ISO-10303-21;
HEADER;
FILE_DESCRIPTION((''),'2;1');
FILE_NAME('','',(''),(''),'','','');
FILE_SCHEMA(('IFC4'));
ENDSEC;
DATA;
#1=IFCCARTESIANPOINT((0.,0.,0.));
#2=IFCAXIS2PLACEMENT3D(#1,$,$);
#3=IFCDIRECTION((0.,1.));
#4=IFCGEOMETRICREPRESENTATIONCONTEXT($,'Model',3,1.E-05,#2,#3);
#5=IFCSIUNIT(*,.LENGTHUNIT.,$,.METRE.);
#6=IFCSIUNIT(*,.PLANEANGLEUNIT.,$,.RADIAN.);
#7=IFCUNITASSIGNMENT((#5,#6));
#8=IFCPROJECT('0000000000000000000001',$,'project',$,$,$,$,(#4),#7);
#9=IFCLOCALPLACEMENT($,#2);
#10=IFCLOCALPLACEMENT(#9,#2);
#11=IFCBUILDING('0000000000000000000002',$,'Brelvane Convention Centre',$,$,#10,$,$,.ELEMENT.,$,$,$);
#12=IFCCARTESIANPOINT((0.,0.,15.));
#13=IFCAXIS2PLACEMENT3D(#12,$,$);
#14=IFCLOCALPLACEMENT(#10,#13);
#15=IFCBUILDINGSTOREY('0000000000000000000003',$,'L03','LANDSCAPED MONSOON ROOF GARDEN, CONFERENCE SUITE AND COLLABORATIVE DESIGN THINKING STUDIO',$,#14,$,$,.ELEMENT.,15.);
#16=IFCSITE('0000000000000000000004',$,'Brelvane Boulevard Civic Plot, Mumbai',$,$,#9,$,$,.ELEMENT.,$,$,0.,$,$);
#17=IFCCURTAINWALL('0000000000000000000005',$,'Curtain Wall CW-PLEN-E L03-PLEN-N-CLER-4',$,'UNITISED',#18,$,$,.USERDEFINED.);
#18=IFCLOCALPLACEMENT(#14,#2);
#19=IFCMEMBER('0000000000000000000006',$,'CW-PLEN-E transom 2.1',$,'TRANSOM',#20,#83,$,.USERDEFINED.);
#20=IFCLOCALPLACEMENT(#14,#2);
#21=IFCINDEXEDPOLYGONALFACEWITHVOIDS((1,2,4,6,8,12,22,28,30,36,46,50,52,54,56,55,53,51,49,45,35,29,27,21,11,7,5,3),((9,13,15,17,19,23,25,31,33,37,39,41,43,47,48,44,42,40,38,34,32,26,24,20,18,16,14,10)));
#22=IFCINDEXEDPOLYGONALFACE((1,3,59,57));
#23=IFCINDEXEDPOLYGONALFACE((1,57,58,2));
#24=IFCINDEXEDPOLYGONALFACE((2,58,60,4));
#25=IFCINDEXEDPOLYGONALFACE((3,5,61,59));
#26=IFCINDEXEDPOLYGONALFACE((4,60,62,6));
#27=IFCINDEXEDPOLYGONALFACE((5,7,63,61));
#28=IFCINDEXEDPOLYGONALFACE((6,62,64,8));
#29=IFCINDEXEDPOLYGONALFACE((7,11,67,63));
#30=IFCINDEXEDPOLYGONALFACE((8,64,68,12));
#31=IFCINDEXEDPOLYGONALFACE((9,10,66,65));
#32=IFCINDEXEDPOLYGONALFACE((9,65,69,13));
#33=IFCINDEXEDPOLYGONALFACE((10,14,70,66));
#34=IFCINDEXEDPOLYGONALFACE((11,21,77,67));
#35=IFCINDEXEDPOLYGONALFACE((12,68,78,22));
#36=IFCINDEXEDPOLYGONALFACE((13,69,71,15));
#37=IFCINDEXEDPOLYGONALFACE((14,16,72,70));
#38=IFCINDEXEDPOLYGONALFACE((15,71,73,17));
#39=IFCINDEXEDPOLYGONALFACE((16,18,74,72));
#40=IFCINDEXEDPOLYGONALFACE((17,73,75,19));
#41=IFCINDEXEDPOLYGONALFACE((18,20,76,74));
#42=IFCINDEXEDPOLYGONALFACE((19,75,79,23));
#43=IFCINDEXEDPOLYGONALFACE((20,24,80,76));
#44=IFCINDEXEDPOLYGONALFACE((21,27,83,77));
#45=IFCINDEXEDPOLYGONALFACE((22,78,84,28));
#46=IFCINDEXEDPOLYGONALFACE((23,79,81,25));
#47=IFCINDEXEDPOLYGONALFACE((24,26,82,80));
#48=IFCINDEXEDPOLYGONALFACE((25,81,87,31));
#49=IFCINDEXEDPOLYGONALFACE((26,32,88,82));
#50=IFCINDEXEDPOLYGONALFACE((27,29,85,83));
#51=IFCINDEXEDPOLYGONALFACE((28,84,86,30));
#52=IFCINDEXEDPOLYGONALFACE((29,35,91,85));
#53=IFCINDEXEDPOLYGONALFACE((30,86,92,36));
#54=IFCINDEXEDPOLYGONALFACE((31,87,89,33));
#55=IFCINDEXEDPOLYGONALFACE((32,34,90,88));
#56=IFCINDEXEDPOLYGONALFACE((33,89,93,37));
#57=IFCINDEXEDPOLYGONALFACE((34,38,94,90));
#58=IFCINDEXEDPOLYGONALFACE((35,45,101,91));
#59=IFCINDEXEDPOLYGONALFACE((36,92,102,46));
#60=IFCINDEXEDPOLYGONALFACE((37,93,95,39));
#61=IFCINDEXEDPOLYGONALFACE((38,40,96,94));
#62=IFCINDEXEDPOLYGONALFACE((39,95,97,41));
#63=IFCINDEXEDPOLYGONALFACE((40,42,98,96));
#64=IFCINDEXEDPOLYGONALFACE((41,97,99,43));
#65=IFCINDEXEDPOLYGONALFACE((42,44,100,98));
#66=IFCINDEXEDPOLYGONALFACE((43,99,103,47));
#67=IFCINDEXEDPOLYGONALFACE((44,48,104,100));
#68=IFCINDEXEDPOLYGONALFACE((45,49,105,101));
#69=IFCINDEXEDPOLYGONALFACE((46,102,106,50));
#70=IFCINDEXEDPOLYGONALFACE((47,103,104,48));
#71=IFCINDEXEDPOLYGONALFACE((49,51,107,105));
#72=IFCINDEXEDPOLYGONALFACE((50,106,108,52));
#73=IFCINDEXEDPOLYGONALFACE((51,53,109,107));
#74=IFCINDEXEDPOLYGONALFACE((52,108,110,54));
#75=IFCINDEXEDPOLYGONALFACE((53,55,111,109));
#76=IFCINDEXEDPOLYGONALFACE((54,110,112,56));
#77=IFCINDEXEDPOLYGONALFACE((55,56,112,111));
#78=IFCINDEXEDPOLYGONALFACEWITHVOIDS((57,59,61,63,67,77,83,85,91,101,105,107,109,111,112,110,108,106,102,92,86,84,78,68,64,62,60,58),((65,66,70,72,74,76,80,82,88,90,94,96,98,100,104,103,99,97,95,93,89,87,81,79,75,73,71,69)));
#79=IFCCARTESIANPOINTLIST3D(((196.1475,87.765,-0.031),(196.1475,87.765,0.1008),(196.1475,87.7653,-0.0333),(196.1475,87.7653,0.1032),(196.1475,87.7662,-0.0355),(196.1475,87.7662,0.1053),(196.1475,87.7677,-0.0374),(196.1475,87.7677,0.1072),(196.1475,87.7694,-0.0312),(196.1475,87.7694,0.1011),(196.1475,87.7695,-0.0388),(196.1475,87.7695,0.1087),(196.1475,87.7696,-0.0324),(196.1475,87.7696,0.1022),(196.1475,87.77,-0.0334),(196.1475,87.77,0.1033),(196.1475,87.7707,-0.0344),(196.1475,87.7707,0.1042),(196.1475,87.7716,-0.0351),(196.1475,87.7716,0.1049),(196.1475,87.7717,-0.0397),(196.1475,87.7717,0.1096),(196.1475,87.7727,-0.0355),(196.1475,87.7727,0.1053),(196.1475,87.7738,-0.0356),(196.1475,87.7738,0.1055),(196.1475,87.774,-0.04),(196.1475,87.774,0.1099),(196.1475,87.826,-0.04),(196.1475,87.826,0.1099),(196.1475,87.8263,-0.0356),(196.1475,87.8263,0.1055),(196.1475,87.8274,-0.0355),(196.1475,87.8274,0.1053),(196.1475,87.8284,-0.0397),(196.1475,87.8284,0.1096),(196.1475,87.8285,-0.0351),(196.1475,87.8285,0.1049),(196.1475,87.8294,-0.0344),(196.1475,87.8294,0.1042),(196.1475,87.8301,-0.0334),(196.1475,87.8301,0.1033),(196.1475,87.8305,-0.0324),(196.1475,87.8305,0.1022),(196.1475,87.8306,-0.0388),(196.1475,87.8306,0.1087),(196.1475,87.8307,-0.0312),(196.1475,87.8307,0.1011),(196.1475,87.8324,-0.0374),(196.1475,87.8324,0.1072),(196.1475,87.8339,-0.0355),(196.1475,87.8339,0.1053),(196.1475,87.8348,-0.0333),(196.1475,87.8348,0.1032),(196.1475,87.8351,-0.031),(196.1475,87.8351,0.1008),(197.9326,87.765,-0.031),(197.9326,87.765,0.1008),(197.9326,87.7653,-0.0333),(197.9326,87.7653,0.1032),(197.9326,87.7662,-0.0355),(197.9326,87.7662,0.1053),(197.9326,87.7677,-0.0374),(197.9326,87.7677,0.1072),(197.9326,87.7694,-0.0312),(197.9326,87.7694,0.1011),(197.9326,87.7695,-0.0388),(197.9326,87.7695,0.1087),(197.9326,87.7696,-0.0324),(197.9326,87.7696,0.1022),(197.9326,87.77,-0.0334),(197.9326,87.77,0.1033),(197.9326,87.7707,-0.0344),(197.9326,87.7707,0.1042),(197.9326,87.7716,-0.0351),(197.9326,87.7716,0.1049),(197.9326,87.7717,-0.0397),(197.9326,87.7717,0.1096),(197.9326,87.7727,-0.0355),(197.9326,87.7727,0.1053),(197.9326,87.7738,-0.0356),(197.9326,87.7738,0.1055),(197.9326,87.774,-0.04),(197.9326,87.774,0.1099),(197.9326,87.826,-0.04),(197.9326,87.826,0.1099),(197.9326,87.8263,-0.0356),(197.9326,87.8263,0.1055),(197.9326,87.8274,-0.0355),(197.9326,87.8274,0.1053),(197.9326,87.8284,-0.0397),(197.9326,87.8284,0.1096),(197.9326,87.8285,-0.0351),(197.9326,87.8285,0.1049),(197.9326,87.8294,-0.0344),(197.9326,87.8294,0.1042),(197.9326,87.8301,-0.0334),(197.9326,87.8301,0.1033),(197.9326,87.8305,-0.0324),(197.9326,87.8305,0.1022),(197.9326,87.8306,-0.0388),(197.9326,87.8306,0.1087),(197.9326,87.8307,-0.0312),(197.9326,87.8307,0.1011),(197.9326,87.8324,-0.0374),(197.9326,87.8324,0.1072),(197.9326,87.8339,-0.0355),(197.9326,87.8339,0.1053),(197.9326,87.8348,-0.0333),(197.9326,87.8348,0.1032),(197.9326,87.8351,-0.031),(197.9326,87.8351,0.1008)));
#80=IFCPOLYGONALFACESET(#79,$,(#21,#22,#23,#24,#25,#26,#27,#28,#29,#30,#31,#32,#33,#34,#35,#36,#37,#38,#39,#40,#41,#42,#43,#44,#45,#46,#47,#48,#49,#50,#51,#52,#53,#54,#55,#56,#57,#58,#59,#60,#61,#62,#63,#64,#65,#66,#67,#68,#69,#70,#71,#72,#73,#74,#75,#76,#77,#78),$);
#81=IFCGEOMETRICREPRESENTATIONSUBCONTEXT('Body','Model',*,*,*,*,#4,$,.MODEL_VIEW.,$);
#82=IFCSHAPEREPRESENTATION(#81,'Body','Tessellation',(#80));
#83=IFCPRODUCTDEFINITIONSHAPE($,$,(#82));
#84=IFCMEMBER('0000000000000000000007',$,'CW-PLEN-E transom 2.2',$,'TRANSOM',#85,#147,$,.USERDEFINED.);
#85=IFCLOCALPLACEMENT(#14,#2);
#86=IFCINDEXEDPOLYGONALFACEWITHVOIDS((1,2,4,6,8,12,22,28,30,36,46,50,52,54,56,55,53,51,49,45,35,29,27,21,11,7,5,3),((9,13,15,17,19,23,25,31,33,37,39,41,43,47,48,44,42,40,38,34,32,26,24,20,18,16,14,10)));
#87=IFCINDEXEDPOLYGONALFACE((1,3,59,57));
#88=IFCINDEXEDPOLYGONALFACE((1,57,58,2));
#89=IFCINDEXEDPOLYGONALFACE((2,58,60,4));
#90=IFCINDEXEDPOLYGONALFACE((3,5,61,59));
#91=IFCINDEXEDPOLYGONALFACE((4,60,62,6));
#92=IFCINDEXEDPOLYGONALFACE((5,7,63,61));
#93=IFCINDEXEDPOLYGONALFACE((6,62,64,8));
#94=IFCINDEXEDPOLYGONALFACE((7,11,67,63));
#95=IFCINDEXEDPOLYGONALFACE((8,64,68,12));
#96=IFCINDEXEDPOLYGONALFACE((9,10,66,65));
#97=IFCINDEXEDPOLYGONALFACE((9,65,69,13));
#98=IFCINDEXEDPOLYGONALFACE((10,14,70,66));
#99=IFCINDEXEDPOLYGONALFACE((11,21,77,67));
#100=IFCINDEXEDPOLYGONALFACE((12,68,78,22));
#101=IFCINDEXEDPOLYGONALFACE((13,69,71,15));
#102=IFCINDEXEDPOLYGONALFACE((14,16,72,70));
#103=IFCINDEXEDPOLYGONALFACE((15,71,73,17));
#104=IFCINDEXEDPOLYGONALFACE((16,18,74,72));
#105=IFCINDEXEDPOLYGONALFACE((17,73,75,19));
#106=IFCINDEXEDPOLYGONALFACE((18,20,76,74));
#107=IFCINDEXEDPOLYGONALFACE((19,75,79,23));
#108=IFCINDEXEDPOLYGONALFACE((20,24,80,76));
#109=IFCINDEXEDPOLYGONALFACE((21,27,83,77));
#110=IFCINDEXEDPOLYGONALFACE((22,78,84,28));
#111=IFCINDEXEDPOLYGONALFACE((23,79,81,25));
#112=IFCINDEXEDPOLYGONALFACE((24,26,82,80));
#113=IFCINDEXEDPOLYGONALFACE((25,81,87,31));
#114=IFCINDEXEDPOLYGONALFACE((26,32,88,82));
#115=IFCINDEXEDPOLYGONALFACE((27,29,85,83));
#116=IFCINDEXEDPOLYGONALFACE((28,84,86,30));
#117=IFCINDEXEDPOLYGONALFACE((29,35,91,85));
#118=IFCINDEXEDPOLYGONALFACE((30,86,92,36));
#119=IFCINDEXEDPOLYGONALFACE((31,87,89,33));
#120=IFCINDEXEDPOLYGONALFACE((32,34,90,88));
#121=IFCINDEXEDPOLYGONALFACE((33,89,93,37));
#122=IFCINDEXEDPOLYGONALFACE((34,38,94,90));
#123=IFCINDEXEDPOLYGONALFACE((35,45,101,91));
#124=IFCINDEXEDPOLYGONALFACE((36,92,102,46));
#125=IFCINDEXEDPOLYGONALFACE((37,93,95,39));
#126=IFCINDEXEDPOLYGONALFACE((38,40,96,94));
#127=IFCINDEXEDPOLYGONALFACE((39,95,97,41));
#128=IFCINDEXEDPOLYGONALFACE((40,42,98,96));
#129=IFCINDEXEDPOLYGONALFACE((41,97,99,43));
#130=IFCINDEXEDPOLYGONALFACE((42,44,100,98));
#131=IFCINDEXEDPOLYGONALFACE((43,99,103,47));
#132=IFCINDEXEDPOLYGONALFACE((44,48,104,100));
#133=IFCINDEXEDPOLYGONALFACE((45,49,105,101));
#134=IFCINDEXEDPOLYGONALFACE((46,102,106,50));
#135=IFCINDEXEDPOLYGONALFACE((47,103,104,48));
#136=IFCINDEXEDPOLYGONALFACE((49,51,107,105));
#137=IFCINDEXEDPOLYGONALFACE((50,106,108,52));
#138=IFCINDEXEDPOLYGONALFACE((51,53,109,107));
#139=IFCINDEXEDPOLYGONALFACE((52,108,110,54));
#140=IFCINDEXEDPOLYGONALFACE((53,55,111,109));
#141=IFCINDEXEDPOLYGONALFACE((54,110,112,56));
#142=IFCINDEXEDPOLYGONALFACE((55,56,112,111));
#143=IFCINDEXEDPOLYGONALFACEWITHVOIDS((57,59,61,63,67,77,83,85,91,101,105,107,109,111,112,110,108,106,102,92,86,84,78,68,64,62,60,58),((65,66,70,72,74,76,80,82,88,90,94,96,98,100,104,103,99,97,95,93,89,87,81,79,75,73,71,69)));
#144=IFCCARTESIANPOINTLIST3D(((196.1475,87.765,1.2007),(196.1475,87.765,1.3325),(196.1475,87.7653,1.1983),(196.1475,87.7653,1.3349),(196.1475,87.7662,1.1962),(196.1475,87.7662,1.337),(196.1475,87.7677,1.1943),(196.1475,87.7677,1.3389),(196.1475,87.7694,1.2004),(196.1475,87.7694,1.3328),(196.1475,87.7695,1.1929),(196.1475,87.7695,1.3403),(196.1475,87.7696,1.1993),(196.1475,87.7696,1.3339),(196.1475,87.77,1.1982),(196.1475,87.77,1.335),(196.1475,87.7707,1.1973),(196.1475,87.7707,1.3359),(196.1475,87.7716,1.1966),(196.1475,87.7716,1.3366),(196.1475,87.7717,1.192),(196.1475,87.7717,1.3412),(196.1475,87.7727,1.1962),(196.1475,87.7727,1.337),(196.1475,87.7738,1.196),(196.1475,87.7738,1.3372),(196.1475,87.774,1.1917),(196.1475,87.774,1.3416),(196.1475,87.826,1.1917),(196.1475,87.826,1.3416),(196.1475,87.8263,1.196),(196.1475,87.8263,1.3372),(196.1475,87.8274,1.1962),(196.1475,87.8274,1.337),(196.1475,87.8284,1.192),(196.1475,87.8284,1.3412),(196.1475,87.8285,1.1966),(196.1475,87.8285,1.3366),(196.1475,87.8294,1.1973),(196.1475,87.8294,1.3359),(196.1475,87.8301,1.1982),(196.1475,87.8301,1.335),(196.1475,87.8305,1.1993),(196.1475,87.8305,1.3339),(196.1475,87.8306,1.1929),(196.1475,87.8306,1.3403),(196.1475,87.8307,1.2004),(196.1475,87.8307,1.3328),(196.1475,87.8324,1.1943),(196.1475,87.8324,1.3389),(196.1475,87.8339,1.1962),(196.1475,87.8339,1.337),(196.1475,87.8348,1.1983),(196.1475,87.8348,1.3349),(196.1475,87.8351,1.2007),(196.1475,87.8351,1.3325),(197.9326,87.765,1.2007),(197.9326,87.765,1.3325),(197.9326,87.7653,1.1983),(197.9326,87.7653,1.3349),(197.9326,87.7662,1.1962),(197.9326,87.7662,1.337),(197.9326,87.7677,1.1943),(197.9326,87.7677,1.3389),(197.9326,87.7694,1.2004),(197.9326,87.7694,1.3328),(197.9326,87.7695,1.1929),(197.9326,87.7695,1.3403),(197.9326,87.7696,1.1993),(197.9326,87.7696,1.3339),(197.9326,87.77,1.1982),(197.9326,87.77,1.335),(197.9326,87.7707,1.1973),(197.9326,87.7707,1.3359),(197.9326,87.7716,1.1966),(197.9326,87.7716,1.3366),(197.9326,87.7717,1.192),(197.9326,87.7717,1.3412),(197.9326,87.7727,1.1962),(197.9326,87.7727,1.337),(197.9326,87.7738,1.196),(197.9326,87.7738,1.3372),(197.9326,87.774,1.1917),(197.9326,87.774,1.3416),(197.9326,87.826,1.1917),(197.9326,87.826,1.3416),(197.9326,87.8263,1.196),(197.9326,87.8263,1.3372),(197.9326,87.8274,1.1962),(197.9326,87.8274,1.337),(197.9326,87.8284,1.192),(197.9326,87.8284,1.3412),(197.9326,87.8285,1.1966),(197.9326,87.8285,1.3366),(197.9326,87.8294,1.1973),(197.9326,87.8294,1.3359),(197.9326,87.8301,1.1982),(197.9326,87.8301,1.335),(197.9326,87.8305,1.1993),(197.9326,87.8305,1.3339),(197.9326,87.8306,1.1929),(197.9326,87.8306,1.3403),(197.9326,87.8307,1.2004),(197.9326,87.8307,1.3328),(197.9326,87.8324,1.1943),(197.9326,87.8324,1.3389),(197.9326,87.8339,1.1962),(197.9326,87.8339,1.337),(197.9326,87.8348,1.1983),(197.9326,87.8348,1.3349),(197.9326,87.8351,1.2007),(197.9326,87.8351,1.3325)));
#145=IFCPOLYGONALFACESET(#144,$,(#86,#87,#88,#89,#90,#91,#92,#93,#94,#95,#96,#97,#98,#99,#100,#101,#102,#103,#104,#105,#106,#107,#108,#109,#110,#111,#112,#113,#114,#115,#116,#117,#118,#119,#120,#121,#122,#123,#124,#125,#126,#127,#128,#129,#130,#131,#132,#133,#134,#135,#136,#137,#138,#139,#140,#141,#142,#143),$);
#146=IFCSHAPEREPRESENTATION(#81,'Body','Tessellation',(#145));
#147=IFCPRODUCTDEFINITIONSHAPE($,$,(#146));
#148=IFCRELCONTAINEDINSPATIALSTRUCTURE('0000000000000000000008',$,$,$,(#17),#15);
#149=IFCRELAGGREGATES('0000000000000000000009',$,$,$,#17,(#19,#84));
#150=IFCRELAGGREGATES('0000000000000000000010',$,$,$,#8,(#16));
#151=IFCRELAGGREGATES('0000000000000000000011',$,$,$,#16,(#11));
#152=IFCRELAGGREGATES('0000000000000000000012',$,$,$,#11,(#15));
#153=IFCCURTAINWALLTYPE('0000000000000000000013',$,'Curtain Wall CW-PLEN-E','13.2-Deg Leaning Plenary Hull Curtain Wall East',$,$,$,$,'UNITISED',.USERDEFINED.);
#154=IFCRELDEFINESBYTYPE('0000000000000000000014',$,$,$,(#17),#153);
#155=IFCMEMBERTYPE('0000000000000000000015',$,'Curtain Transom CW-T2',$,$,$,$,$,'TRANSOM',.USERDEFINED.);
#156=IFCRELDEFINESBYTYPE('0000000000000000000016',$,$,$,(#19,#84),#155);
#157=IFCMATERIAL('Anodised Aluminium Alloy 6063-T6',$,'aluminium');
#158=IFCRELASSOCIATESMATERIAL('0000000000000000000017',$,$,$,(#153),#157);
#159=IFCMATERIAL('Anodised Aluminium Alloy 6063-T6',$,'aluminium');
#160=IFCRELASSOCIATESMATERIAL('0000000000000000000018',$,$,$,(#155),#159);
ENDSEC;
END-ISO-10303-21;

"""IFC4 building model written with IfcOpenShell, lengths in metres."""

from ifc_helpers import new_model, si_unit, direction, frame, origin, origin_2d, place, context, subcontext, project, spatial, hollow_rectangle, extrude, material, material_profile, profile_set, type_object, element, aggregate, save


model = new_model("IFC4")

# Units and contexts
model_context = context("Model", 3, precision=1e-05, world=origin(), true_north=direction((0.0, 1.0)))
body_context = subcontext(model_context, "Body", "Model", "MODEL_VIEW")
ifc_project = project(units=[si_unit("LENGTHUNIT", "METRE"), si_unit("PLANEANGLEUNIT", "RADIAN")], contexts=[model_context])

# Site, building, storey
site_placement = place(None, origin())
site = spatial("IfcSite", under=ifc_project, at=site_placement, Name="Brelvane Boulevard Civic Plot, Mumbai", CompositionType="ELEMENT", RefElevation=0.0)
building_placement = place(site_placement, origin())
building = spatial("IfcBuilding", under=site, at=building_placement, Name="Brelvane Convention Centre", CompositionType="ELEMENT")
storey_placement = place(building_placement, frame((0.0, 0.0, 15.0)))
storey = spatial("IfcBuildingStorey", under=building, at=storey_placement, Name="L03", Description="LANDSCAPED MONSOON ROOF GARDEN, CONFERENCE SUITE AND COLLABORATIVE DESIGN THINKING STUDIO", CompositionType="ELEMENT", Elevation=15.0)

# Shared definitions
ifc_material_1 = material(Name="Anodised Aluminium Alloy 6063-T6", Category="aluminium")
curtain_wall_type = type_object("IfcCurtainWallType", Name="Curtain Wall CW-PLEN-E", Description="13.2-Deg Leaning Plenary Hull Curtain Wall East", ElementType="UNITISED", PredefinedType="USERDEFINED", material=ifc_material_1)

# Curtain wall
curtain_wall_1_placement = place(storey_placement, origin())
curtain_wall_1 = element("IfcCurtainWall", 1, at=curtain_wall_1_placement, inside=storey, type_object=curtain_wall_type, Name="Curtain Wall CW-PLEN-E L03-PLEN-N-CLER-4", ObjectType="UNITISED", PredefinedType="USERDEFINED")

# Members
ifc_material_2 = material(Name="Anodised Aluminium Alloy 6063-T6", Category="aluminium")
ifc_material_profile_1 = material_profile(ifc_material_2, hollow_rectangle(XDim=0.0701, YDim=0.1499, WallThickness=0.0044, InnerFilletRadius=0.0044, OuterFilletRadius=0.009, at=origin_2d()), Name="ALU-T 150x70x4.5")
ifc_profile_set_1 = profile_set([ifc_material_profile_1], Name="Anodised Aluminium Alloy 6063-T6")
member_type_1 = type_object("IfcMemberType", Name="Curtain Transom CW-T2", ElementType="TRANSOM", PredefinedType="USERDEFINED", material=ifc_profile_set_1)
member_1_placement = place(storey_placement, frame((196.1475, 87.8, 0.0349), z_axis=(1.0, 0.0, 0.0), x_axis=(0.0, 1.0, 0.0)))
member_1 = element("IfcMember", 2, at=member_1_placement, type_object=member_type_1, Name="CW-PLEN-E transom 2.1", ObjectType="TRANSOM", PredefinedType="USERDEFINED", context=body_context, shape_type="SweptSolid", body=[
    extrude(hollow_rectangle(XDim=0.0701, YDim=0.1499, WallThickness=0.0044, InnerFilletRadius=0.0044, OuterFilletRadius=0.009, at=origin_2d()), origin(), (0.0, 0.0, 1.0), 1.7852),
])
member_2_placement = place(storey_placement, frame((196.1475, 87.8, 1.2666), z_axis=(1.0, 0.0, 0.0), x_axis=(0.0, 1.0, 0.0)))
member_2 = element("IfcMember", 3, at=member_2_placement, type_object=member_type_1, Name="CW-PLEN-E transom 2.2", ObjectType="TRANSOM", PredefinedType="USERDEFINED", context=body_context, shape_type="SweptSolid", body=[
    extrude(hollow_rectangle(XDim=0.0701, YDim=0.1499, WallThickness=0.0044, InnerFilletRadius=0.0044, OuterFilletRadius=0.009, at=origin_2d()), origin(), (0.0, 0.0, 1.0), 1.7852),
])

aggregate(curtain_wall_1, [member_1, member_2])

save(model, "model.ifc")
